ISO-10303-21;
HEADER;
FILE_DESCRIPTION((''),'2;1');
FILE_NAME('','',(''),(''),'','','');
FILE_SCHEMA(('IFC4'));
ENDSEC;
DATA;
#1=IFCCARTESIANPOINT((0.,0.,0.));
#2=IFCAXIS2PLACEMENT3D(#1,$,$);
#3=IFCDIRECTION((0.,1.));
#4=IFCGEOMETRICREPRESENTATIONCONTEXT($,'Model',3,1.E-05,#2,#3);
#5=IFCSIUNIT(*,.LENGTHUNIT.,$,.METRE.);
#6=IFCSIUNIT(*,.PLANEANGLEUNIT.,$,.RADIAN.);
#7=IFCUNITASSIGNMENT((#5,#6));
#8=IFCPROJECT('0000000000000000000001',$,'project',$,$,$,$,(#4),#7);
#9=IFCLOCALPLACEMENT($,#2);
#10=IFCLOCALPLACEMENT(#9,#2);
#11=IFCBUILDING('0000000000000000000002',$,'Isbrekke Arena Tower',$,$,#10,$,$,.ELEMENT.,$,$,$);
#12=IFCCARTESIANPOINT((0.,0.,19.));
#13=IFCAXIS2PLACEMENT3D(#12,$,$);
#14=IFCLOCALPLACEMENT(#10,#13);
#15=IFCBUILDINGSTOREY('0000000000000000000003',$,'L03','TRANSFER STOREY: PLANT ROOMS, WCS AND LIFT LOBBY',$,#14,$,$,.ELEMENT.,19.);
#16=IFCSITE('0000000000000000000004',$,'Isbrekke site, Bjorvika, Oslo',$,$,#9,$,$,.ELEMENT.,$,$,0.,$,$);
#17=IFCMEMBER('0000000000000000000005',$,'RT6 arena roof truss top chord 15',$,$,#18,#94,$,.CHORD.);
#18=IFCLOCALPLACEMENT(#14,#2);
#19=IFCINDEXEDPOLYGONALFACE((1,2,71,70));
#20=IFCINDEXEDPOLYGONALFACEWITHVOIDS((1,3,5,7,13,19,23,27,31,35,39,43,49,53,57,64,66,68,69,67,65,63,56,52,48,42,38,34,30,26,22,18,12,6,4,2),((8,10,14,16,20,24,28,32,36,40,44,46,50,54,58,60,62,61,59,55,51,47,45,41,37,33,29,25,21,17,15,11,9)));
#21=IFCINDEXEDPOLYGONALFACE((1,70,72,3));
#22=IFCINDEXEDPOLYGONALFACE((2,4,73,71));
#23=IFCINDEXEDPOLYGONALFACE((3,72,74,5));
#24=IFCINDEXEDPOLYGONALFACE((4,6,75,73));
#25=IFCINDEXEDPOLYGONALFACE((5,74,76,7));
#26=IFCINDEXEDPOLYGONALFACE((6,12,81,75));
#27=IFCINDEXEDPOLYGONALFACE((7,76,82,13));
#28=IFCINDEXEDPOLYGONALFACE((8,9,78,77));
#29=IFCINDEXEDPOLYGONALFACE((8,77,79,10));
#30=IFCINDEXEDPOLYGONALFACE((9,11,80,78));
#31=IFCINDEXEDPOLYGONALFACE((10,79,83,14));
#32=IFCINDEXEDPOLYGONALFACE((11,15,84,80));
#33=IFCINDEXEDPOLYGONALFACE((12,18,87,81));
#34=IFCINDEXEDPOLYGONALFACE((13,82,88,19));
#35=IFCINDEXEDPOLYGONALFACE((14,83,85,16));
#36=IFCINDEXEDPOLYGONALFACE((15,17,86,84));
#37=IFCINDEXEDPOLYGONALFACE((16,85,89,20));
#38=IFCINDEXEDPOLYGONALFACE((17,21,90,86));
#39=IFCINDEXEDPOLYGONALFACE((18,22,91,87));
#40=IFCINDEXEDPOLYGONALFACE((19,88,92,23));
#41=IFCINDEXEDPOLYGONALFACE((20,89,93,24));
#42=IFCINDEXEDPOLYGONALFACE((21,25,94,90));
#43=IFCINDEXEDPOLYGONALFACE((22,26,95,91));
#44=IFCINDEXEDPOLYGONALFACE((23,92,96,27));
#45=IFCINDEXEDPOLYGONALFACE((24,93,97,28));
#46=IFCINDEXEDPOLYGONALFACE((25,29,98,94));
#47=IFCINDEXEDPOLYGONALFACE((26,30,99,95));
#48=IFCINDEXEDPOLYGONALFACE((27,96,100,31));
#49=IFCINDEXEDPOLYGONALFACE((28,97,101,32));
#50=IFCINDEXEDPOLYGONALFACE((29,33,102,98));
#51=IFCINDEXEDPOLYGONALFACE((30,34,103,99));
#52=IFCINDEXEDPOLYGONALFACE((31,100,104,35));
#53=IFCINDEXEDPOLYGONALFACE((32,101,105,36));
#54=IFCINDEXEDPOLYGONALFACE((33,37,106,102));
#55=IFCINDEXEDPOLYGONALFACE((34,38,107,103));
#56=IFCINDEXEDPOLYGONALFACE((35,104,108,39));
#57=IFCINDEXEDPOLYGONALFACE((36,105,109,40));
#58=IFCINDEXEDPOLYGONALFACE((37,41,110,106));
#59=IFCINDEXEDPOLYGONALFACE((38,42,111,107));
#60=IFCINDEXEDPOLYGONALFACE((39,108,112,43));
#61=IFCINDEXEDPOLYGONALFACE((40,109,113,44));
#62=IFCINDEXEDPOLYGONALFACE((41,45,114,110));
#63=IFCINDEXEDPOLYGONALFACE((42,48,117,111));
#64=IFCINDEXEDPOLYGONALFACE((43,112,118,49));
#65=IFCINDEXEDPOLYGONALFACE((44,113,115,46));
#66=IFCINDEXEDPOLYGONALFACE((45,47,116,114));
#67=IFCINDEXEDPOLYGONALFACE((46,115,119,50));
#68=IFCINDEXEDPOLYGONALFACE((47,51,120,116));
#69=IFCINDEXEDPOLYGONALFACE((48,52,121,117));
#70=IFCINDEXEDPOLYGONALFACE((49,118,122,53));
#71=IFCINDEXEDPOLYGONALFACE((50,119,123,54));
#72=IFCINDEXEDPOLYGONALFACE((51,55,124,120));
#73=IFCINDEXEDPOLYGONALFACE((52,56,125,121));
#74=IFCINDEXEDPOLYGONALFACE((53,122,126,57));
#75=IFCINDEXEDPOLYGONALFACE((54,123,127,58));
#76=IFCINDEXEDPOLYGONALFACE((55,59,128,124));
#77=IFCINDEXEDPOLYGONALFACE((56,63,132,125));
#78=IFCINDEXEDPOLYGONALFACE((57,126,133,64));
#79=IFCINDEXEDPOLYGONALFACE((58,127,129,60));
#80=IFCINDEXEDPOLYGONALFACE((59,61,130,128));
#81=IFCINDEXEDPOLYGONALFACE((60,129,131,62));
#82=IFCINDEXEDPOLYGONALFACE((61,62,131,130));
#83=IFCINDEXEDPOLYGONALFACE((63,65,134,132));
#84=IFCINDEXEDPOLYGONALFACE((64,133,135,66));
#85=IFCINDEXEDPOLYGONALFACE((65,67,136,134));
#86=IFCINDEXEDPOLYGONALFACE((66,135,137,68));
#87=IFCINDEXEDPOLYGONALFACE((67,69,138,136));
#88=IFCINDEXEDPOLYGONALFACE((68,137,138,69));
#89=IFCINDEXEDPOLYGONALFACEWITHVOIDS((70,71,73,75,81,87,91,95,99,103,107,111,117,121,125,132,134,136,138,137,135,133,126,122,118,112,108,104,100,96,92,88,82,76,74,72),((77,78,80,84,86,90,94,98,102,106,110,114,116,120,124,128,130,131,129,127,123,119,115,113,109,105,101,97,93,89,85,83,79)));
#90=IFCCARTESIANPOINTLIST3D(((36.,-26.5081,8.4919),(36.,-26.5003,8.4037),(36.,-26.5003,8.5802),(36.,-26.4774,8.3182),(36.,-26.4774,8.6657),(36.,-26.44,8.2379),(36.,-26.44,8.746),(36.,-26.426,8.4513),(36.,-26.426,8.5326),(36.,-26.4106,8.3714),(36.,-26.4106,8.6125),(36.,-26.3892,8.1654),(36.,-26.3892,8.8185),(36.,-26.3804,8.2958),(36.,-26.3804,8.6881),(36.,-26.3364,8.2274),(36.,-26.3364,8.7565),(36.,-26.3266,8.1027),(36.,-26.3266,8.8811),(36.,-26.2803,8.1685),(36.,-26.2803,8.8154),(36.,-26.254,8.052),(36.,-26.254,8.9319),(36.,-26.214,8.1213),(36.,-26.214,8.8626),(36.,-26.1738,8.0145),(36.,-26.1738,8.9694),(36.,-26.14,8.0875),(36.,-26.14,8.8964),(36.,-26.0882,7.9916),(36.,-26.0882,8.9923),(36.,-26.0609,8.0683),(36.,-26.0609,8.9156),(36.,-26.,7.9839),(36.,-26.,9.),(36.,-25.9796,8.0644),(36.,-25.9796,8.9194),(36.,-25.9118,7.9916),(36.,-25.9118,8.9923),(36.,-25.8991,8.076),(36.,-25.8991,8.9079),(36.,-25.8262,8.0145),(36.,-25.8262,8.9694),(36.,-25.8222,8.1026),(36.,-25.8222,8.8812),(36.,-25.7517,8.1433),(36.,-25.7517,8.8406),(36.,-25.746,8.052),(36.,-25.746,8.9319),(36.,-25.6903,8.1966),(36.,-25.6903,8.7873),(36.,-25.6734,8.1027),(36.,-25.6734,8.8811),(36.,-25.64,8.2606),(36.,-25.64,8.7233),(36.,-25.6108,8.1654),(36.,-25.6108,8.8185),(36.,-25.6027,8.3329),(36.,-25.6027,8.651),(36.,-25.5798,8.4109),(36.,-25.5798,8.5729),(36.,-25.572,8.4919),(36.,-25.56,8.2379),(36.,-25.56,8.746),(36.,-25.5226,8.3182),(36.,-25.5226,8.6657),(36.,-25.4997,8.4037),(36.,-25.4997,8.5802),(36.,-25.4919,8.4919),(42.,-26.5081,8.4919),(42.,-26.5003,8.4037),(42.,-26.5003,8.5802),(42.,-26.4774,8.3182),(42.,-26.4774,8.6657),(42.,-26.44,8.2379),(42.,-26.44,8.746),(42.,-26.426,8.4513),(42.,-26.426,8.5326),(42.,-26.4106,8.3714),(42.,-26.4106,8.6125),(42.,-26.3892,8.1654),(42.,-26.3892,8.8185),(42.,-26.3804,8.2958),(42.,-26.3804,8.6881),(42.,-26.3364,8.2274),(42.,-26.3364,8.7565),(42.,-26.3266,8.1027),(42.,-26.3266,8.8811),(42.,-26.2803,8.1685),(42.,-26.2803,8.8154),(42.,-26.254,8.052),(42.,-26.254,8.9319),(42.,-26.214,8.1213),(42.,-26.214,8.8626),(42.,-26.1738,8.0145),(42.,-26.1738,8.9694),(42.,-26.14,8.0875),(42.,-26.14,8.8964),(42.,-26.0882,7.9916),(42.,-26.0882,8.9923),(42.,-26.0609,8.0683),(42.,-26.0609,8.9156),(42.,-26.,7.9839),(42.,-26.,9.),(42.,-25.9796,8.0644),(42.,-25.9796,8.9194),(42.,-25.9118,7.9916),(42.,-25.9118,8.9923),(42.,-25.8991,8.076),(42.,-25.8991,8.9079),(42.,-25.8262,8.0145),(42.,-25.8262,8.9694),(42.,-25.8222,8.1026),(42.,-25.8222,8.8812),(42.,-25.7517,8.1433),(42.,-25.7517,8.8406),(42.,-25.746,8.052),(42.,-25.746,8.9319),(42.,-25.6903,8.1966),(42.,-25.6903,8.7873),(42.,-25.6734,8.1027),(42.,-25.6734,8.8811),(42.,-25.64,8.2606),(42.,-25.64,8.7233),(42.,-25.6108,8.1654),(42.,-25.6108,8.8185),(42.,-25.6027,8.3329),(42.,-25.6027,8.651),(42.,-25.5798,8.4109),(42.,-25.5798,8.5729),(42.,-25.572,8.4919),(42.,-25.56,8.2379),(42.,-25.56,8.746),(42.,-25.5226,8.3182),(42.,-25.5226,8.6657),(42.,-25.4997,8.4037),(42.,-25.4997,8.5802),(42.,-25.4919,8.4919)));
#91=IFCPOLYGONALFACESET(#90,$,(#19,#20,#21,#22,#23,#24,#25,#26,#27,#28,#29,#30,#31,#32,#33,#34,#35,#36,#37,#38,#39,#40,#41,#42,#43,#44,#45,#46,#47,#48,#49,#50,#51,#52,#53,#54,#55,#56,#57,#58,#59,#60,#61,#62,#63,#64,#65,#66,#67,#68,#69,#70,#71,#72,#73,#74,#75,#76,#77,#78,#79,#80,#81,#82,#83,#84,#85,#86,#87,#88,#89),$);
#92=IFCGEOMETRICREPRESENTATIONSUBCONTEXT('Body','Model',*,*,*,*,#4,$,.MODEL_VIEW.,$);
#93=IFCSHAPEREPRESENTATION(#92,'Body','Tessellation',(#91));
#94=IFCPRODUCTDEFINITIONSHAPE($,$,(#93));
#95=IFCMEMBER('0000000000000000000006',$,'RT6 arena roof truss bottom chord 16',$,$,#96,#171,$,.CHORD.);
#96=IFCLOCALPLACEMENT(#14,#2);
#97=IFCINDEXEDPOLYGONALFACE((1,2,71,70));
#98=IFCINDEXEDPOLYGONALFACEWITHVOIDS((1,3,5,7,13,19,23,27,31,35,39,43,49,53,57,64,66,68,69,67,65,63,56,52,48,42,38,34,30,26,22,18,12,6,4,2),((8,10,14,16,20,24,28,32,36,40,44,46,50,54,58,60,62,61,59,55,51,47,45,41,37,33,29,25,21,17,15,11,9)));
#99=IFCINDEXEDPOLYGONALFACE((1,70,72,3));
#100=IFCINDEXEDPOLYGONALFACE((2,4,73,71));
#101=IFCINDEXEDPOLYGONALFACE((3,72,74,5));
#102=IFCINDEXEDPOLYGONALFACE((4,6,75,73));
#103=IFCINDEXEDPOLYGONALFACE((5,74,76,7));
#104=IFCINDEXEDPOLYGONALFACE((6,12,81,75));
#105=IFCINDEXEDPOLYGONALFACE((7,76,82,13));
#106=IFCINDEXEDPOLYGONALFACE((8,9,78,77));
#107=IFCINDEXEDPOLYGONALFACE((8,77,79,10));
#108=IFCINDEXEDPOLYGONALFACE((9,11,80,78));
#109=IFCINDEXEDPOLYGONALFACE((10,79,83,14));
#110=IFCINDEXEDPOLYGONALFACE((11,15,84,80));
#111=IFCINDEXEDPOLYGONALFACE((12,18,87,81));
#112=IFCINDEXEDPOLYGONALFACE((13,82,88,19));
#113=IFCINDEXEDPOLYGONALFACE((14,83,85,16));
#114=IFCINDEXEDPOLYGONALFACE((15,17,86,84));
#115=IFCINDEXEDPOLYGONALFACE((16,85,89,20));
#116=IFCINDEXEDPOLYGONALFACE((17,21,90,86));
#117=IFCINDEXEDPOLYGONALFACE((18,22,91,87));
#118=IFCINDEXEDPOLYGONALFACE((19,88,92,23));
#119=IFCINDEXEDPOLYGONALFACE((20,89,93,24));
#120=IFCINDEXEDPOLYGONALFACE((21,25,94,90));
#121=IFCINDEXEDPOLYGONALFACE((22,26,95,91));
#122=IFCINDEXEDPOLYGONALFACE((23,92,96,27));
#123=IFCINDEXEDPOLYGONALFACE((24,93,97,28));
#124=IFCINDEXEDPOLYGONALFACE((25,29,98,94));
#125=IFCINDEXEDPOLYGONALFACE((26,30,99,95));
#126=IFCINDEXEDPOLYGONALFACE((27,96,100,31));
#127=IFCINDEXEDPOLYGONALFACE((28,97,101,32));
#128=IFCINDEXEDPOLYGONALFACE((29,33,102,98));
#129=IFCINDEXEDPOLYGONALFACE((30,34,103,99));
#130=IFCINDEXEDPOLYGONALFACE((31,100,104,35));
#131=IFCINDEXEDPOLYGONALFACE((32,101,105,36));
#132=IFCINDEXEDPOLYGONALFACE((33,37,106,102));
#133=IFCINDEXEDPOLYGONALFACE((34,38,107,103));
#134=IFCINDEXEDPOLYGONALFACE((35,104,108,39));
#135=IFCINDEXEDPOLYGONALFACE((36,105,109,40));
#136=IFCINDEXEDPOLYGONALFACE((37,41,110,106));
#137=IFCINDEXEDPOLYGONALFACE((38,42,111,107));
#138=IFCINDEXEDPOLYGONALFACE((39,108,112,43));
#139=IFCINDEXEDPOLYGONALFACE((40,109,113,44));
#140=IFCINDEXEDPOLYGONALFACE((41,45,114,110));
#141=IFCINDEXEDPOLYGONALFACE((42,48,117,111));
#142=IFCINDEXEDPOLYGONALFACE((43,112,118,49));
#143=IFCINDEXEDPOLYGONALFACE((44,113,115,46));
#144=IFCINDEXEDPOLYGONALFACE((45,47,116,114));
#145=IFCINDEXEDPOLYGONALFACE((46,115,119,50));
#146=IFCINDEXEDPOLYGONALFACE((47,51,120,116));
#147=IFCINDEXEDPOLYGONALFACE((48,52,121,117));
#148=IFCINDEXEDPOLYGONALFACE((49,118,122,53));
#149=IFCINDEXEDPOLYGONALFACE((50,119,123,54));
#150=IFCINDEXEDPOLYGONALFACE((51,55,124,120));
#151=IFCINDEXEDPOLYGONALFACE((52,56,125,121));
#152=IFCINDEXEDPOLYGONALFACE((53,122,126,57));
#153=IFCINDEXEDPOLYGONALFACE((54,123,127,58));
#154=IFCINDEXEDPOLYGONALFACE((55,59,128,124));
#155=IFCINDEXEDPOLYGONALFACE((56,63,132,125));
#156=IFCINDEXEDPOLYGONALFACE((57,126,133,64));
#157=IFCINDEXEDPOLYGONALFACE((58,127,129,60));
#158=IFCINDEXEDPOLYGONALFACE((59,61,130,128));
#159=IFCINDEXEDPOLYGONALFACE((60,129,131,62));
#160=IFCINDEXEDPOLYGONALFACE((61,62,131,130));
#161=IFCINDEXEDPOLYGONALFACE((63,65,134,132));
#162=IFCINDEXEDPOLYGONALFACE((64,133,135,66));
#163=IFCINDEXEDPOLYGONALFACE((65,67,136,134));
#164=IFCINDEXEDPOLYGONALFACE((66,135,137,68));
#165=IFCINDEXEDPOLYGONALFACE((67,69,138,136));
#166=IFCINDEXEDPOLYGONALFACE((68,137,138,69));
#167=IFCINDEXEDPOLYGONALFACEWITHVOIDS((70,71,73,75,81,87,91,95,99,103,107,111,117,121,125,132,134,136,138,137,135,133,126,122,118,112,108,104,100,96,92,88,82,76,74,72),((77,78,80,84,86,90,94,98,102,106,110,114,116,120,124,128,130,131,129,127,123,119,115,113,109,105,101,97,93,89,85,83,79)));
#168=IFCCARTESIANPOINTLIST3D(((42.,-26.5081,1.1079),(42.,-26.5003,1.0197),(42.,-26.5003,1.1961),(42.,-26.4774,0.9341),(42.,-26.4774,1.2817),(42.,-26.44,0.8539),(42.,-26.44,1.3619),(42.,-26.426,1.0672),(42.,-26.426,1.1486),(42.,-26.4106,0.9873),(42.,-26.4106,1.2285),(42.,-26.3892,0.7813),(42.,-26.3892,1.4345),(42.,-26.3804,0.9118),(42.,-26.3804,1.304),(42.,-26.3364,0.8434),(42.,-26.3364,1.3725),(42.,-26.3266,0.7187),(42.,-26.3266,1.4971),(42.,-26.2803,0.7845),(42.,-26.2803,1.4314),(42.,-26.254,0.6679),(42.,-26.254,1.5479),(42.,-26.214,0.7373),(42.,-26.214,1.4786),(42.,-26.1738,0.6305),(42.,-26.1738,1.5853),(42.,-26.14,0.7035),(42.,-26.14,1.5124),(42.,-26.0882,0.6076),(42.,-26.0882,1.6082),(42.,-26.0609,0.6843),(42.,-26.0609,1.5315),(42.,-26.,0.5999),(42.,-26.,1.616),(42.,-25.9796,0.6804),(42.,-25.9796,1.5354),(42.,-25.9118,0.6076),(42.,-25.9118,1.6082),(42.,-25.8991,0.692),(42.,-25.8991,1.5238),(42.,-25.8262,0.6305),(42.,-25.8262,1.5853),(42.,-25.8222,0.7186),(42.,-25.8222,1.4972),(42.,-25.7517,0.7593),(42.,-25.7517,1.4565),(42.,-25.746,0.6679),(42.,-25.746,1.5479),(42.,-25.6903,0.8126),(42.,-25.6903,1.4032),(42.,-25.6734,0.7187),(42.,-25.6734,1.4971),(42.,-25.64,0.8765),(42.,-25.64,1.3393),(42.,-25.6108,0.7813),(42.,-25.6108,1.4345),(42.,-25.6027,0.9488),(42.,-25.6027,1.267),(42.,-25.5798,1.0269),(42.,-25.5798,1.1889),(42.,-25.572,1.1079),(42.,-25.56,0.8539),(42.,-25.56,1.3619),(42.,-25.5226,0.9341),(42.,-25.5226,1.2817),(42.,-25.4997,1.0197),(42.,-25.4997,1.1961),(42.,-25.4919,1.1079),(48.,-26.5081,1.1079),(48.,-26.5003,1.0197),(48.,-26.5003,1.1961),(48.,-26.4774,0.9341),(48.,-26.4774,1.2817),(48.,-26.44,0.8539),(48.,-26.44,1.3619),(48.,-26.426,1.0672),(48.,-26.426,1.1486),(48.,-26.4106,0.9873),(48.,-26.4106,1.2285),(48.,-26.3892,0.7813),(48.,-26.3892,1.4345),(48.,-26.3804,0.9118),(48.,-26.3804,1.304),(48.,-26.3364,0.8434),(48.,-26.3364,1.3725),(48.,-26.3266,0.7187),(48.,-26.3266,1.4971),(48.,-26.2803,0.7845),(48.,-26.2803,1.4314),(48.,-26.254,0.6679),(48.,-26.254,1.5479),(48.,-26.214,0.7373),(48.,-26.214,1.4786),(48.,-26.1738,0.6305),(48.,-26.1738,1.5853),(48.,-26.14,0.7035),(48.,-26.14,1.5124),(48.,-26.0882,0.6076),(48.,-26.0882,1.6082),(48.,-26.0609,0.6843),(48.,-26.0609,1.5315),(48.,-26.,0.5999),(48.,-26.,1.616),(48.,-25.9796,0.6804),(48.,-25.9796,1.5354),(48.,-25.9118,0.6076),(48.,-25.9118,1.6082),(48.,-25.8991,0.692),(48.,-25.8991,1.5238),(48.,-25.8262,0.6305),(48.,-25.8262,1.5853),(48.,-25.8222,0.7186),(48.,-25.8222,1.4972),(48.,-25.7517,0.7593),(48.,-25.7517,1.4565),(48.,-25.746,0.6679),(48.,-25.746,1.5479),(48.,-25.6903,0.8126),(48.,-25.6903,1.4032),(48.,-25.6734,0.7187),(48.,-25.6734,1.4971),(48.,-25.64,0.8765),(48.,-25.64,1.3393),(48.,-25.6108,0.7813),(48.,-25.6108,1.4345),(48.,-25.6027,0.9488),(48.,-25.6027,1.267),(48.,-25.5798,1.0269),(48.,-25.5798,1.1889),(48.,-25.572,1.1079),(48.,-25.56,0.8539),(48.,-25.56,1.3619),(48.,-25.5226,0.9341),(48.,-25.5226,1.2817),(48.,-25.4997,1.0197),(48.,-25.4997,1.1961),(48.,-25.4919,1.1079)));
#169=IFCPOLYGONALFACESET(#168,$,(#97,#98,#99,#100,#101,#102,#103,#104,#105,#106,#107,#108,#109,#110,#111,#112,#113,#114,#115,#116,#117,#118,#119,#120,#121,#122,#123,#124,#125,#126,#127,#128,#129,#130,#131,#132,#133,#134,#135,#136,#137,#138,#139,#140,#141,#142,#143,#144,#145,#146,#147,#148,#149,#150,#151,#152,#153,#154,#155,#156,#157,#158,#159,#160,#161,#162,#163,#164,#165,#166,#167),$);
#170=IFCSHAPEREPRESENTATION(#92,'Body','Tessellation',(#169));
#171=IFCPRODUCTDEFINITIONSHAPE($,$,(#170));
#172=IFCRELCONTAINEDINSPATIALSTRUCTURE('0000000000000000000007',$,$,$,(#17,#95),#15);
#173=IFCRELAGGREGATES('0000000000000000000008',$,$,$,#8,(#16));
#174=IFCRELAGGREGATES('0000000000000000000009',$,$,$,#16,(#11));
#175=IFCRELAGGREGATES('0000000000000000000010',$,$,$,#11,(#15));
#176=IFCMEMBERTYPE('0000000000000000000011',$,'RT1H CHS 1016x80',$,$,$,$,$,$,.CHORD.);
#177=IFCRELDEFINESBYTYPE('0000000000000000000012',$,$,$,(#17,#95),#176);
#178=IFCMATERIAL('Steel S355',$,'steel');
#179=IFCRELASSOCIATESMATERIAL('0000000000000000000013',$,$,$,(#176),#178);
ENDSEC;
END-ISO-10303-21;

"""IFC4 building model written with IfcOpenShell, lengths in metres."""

from ifc_helpers import new_model, si_unit, direction, frame, origin, origin_2d, place, context, subcontext, project, spatial, hollow_circle, extrude, material, material_profile, profile_set, type_object, element, save


model = new_model("IFC4")

# Units and contexts
model_context = context("Model", 3, precision=1e-05, world=origin(), true_north=direction((0.0, 1.0)))
body_context = subcontext(model_context, "Body", "Model", "MODEL_VIEW")
ifc_project = project(units=[si_unit("LENGTHUNIT", "METRE"), si_unit("PLANEANGLEUNIT", "RADIAN")], contexts=[model_context])

# Site, building, storey
site_placement = place(None, origin())
site = spatial("IfcSite", under=ifc_project, at=site_placement, Name="Isbrekke site, Bjorvika, Oslo", CompositionType="ELEMENT", RefElevation=0.0)
building_placement = place(site_placement, origin())
building = spatial("IfcBuilding", under=site, at=building_placement, Name="Isbrekke Arena Tower", CompositionType="ELEMENT")
storey_placement = place(building_placement, frame((0.0, 0.0, 19.0)))
storey = spatial("IfcBuildingStorey", under=building, at=storey_placement, Name="L03", Description="TRANSFER STOREY: PLANT ROOMS, WCS AND LIFT LOBBY", CompositionType="ELEMENT", Elevation=19.0)

# Members
ifc_material_1 = material(Name="Steel S355", Category="steel")
ifc_material_profile_1 = material_profile(ifc_material_1, hollow_circle(Radius=0.5081, WallThickness=0.0801, at=origin_2d()), Name="CHS 1016x80")
ifc_profile_set_1 = profile_set([ifc_material_profile_1], Name="Steel S355")
member_type_1 = type_object("IfcMemberType", Name="RT1H CHS 1016x80", PredefinedType="CHORD", material=ifc_profile_set_1)
for number, where, z_axis, x_axis, name in (
    (1, (36.0, -26.0, 8.4919), (1.0, 0.0, 0.0), (0.0, 1.0, 0.0), "RT6 arena roof truss top chord 15"),
    (2, (42.0, -26.0, 1.1079), (1.0, 0.0, 0.0), (0.0, 1.0, 0.0), "RT6 arena roof truss bottom chord 16"),
):
    element("IfcMember", number, at=place(storey_placement, frame(where, z_axis=z_axis, x_axis=x_axis)), inside=storey, type_object=member_type_1, Name=name, PredefinedType="CHORD", context=body_context, shape_type="SweptSolid", body=[
        extrude(hollow_circle(Radius=0.5081, WallThickness=0.0801, at=origin_2d()), origin(), (0.0, 0.0, 1.0), 6.0),
    ])

save(model, "model.ifc")
